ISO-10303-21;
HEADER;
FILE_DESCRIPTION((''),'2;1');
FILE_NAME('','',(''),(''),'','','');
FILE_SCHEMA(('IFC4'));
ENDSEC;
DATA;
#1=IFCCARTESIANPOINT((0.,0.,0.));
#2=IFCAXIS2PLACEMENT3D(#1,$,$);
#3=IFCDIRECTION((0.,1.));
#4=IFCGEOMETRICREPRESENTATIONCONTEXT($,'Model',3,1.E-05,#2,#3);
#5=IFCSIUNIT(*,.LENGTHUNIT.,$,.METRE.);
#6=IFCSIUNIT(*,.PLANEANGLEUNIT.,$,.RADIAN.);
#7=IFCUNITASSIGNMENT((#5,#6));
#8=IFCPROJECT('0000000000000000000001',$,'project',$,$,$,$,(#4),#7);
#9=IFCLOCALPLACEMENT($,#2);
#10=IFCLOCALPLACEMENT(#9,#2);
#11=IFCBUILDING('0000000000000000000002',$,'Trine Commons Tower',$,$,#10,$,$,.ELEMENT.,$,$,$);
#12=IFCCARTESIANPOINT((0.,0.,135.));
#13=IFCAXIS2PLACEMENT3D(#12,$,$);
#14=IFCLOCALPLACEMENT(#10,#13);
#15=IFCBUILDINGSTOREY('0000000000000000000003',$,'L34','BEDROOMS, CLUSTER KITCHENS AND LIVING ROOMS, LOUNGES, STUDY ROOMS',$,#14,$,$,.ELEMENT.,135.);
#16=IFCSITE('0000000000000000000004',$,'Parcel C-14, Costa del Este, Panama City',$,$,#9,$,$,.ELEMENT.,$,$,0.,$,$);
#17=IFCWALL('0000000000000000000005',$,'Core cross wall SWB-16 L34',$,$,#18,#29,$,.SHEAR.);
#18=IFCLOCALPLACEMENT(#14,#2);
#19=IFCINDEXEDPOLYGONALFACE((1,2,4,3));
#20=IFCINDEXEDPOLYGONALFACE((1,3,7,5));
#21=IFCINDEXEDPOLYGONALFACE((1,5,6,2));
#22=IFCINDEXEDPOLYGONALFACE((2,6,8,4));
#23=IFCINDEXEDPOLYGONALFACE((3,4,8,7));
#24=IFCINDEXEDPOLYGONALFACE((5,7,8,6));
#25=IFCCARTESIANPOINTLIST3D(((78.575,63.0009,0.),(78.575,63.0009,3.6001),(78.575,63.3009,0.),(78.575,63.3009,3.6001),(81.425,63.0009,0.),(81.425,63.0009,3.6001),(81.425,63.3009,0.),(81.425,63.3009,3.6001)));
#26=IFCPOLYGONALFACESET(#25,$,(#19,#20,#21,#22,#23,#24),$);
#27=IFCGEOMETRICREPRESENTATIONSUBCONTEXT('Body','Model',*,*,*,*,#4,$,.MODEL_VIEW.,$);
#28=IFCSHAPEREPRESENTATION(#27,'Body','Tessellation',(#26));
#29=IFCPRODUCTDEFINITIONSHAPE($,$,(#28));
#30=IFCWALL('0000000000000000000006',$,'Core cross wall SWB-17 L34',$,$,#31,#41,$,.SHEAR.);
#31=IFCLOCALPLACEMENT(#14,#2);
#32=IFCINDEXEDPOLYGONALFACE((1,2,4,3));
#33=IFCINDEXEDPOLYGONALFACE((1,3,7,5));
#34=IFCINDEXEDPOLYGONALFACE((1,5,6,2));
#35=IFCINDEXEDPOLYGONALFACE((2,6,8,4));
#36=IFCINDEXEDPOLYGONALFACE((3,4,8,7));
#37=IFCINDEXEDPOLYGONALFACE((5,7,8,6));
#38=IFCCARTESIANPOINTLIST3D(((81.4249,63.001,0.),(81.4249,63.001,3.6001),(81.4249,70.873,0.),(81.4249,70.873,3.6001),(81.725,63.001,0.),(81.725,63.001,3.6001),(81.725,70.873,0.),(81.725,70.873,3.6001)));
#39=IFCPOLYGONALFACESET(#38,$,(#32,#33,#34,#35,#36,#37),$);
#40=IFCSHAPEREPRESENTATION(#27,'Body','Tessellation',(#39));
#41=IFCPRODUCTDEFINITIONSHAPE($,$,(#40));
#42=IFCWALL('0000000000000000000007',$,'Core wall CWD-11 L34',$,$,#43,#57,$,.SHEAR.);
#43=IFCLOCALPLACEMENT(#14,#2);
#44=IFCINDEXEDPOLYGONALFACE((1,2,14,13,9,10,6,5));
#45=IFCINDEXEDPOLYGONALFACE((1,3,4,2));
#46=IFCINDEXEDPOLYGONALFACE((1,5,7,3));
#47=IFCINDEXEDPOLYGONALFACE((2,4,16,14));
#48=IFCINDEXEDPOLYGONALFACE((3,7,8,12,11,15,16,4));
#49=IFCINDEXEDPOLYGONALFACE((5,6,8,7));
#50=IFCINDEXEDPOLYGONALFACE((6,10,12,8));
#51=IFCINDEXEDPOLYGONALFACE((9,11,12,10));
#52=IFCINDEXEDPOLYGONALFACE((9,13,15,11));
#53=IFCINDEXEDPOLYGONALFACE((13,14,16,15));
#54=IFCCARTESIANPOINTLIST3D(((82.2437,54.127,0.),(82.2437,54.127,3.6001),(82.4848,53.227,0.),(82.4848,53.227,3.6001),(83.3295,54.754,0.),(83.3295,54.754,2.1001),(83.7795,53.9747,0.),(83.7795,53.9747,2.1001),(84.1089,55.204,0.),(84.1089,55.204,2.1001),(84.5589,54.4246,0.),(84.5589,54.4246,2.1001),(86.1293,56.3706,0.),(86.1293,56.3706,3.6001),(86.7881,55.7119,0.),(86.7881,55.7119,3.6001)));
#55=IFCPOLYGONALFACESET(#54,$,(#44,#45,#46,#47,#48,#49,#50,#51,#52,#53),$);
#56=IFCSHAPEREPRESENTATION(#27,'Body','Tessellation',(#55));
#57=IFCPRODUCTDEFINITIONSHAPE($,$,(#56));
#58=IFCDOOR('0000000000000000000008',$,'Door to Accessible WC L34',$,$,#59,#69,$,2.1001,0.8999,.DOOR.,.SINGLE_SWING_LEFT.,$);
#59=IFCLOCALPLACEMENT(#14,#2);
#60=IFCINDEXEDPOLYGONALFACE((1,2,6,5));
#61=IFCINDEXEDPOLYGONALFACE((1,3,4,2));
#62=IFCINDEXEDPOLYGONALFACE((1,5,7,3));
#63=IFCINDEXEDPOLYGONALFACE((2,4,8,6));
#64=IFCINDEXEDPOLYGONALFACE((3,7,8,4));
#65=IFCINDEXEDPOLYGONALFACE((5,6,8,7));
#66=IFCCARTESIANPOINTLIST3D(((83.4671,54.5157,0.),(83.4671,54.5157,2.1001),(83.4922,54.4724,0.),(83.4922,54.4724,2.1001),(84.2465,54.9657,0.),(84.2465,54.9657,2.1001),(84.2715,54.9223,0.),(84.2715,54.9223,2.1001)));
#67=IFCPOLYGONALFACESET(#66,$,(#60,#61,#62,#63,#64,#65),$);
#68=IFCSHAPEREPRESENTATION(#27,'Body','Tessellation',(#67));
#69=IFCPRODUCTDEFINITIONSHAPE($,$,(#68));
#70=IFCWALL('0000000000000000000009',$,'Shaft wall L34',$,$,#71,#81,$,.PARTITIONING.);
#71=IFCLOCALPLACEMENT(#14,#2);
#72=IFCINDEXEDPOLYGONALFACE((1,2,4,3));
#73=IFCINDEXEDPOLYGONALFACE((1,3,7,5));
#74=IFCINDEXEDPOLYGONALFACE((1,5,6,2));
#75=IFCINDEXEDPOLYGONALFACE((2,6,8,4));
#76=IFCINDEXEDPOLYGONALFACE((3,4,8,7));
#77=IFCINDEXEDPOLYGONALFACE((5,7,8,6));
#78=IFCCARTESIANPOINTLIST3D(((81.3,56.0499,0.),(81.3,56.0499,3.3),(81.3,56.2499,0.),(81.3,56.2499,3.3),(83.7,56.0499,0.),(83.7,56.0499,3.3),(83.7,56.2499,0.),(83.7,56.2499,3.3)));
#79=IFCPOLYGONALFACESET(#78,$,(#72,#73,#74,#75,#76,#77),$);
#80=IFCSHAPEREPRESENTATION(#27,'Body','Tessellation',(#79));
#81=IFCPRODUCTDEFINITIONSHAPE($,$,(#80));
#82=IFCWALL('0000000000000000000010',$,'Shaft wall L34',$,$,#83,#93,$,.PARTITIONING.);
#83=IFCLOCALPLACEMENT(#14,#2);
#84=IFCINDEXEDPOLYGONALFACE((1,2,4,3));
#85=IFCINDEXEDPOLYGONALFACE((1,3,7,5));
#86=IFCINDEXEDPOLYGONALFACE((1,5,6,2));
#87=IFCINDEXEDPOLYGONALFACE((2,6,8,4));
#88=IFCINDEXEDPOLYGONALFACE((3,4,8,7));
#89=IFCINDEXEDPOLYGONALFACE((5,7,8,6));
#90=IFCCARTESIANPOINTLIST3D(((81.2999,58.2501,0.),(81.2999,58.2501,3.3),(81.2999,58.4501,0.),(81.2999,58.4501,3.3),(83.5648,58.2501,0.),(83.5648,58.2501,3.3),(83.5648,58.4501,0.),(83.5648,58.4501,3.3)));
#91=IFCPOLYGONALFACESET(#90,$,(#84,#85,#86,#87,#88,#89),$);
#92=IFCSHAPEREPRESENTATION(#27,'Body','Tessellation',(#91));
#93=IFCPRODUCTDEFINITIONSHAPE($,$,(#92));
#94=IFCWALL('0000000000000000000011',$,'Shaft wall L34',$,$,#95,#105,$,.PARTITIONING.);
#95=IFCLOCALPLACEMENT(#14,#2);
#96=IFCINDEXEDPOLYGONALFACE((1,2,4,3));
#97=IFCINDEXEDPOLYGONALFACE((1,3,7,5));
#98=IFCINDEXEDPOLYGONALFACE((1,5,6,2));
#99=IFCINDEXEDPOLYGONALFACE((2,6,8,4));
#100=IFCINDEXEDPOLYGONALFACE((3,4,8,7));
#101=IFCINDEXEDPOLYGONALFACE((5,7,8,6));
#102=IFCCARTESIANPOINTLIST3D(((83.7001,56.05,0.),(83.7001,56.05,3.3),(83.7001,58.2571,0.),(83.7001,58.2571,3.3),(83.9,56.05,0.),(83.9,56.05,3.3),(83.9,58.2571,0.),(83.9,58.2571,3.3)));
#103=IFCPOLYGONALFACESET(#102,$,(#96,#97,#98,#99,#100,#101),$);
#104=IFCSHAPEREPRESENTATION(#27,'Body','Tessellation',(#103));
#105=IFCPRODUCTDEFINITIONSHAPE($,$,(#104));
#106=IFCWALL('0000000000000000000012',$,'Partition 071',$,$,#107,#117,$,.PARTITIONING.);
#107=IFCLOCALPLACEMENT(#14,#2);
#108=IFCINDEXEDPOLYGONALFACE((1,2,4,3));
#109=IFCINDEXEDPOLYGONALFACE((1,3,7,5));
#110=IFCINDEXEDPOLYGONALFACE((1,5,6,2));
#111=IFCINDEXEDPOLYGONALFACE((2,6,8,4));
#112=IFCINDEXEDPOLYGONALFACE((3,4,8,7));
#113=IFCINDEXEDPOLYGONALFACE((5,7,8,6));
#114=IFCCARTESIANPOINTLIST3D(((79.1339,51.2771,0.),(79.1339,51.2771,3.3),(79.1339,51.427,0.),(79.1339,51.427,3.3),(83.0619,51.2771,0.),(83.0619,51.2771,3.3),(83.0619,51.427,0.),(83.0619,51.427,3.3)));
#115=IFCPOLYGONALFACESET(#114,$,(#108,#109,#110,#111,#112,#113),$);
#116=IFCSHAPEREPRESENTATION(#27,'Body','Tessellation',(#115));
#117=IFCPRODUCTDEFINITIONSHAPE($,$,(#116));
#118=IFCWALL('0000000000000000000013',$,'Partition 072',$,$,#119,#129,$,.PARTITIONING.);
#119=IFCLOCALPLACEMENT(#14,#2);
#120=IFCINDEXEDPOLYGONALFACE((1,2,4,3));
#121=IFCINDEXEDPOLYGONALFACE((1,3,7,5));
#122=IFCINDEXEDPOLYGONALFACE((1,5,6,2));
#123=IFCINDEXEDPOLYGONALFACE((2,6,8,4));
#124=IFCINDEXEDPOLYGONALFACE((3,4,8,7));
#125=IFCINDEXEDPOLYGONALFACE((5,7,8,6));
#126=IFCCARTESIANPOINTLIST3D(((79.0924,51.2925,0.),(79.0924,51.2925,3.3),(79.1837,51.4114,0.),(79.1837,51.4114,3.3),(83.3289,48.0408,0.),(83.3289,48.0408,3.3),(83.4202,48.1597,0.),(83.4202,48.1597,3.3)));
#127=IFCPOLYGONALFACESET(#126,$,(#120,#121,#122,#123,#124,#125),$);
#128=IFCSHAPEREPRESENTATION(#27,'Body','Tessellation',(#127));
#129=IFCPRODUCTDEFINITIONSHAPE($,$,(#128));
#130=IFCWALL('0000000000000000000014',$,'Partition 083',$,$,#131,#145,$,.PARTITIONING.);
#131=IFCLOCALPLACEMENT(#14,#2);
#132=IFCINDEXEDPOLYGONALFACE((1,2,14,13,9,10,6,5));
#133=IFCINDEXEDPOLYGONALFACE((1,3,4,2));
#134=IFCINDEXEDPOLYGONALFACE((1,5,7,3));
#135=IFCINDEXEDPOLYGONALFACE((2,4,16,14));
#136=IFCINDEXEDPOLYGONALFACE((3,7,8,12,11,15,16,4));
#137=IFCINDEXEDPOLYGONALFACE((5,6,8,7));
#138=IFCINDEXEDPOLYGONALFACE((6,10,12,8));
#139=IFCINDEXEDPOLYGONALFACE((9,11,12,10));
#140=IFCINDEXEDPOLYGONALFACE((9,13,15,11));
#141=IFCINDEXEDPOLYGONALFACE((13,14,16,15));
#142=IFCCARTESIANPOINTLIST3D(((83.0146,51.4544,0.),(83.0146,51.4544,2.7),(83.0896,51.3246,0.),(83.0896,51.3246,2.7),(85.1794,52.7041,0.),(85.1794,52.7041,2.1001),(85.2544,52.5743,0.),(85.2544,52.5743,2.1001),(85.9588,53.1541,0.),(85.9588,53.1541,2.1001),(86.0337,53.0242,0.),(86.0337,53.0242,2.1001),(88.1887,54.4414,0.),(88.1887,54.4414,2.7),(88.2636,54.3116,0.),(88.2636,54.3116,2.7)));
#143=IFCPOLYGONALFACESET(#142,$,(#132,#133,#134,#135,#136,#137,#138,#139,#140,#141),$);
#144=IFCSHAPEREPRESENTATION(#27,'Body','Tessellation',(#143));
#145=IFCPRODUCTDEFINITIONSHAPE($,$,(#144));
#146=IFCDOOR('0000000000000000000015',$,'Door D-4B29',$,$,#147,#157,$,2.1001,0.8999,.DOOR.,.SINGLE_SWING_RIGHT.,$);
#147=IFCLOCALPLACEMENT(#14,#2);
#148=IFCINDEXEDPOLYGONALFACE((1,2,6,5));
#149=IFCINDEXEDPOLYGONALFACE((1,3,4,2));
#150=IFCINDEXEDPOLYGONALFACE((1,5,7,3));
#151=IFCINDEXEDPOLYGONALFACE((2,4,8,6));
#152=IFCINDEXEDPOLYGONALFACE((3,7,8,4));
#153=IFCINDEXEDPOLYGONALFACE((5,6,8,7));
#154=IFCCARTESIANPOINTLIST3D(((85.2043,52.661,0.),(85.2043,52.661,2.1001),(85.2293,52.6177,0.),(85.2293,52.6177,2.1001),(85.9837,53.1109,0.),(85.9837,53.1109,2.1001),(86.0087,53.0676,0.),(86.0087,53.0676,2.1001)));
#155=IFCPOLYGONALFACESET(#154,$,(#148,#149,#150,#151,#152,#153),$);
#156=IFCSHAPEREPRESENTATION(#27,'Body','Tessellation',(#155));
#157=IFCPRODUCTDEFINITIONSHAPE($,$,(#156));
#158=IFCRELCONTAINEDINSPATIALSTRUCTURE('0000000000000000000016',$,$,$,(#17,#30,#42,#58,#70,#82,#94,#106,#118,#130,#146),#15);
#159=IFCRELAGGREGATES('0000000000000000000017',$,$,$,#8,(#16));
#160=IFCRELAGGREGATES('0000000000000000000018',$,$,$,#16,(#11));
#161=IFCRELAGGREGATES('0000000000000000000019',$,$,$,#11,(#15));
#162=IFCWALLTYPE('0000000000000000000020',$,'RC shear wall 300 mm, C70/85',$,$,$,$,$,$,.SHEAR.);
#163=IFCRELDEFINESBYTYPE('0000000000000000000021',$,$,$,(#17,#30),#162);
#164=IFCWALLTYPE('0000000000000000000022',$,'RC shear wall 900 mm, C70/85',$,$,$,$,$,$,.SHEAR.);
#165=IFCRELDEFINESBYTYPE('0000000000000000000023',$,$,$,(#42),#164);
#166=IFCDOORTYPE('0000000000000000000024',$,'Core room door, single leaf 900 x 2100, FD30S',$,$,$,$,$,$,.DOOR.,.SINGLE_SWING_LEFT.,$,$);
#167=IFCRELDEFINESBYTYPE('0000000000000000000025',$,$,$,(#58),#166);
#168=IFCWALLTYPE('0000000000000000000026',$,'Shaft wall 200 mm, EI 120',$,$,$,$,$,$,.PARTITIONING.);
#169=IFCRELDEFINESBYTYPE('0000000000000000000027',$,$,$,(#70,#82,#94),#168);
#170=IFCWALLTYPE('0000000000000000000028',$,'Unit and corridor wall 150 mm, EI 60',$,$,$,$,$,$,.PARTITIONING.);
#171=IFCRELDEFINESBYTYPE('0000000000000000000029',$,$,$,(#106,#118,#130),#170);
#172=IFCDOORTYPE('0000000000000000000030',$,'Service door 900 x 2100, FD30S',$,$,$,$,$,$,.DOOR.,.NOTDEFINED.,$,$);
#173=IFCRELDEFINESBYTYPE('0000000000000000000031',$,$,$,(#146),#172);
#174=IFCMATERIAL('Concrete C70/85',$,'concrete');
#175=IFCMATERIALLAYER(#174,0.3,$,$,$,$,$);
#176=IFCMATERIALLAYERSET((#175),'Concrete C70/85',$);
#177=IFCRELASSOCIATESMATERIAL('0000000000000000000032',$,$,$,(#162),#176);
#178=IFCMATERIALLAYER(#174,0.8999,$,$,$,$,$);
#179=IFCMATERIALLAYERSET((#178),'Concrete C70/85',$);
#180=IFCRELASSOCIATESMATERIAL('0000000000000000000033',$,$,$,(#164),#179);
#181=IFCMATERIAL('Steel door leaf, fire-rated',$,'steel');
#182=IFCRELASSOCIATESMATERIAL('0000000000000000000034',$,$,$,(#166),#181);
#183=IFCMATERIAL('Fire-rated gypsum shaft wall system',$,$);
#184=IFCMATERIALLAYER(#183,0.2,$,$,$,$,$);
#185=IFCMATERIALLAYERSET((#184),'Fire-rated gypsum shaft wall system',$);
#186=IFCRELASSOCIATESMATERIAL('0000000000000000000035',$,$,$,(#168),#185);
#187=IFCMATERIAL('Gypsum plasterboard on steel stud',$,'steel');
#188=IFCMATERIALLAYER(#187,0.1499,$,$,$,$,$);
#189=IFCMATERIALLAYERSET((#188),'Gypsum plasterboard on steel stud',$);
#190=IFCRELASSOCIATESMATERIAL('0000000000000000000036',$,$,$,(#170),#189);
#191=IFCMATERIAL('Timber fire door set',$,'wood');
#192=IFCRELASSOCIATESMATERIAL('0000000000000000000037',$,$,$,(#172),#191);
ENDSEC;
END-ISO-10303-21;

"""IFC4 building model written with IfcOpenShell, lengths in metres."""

from ifc_helpers import new_model, si_unit, direction, frame, frame_2d, origin, place, context, subcontext, project, spatial, polyline, rectangle, outline, extrude, material, layer, layer_set, type_object, element, fill, save


model = new_model("IFC4")

# Units and contexts
model_context = context("Model", 3, precision=1e-05, world=origin(), true_north=direction((0.0, 1.0)))
body_context = subcontext(model_context, "Body", "Model", "MODEL_VIEW")
ifc_project = project(units=[si_unit("LENGTHUNIT", "METRE"), si_unit("PLANEANGLEUNIT", "RADIAN")], contexts=[model_context])

# Site, building, storey
site_placement = place(None, origin())
site = spatial("IfcSite", under=ifc_project, at=site_placement, Name="Parcel C-14, Costa del Este, Panama City", CompositionType="ELEMENT", RefElevation=0.0)
building_placement = place(site_placement, origin())
building = spatial("IfcBuilding", under=site, at=building_placement, Name="Trine Commons Tower", CompositionType="ELEMENT")
storey_placement = place(building_placement, frame((0.0, 0.0, 135.0)))
storey = spatial("IfcBuildingStorey", under=building, at=storey_placement, Name="L34", Description="BEDROOMS, CLUSTER KITCHENS AND LIVING ROOMS, LOUNGES, STUDY ROOMS", CompositionType="ELEMENT", Elevation=135.0)

# Shared definitions
ifc_material_1 = material(Name="Fire-rated gypsum shaft wall system")
ifc_material_2 = material(Name="Steel door leaf, fire-rated", Category="steel")
ifc_material_3 = material(Name="Concrete C70/85", Category="concrete")
ifc_layer_1 = layer(ifc_material_3, 0.3)
ifc_layer_set_1 = layer_set([ifc_layer_1], Name="Concrete C70/85")
wall_type_1 = type_object("IfcWallType", Name="RC shear wall 300 mm, C70/85", PredefinedType="SHEAR", material=ifc_layer_set_1)

# Walls
wall_1_placement = place(storey_placement, frame((81.425, 63.1509, 0.0), z_axis=(0.0, 0.0, 1.0), x_axis=(-1.0, 0.0, 0.0)))
element("IfcWall", 1, at=wall_1_placement, inside=storey, type_object=wall_type_1, Name="Core cross wall SWB-16 L34", PredefinedType="SHEAR", context=body_context, shape_type="SweptSolid", body=[
    extrude(rectangle(XDim=2.8501, YDim=0.3, at=frame_2d((1.425, 0.0))), origin(), (0.0, 0.0, 1.0), 3.6001),
])
wall_2_placement = place(storey_placement, frame((81.575, 63.001, 0.0), z_axis=(0.0, 0.0, 1.0), x_axis=(0.0, 1.0, 0.0)))
element("IfcWall", 2, at=wall_2_placement, inside=storey, type_object=wall_type_1, Name="Core cross wall SWB-17 L34", PredefinedType="SHEAR", context=body_context, shape_type="SweptSolid", body=[
    extrude(rectangle(XDim=7.8721, YDim=0.3, at=frame_2d((3.936, 0.0))), origin(), (0.0, 0.0, 1.0), 3.6001),
])

# Wall, opening, door
ifc_layer_2 = layer(ifc_material_3, 0.8999)
ifc_layer_set_2 = layer_set([ifc_layer_2], Name="Concrete C70/85")
wall_type_2 = type_object("IfcWallType", Name="RC shear wall 900 mm, C70/85", PredefinedType="SHEAR", material=ifc_layer_set_2)
wall_3_placement = place(storey_placement, frame((82.2598, 53.6167, 0.0), z_axis=(0.0, 0.0, 1.0), x_axis=(0.866003, 0.500039, 0.0)))
wall_3 = element("IfcWall", 3, at=wall_3_placement, inside=storey, type_object=wall_type_2, Name="Core wall CWD-11 L34", PredefinedType="SHEAR", context=body_context, shape_type="SweptSolid", body=[
    extrude(outline(polyline([(0.0, -0.45), (4.9692, -0.45), (4.728, 0.45), (0.2412, 0.45), (0.0, -0.45)])), origin(), (0.0, 0.0, 1.0), 3.6001),
])
opening_1_placement = place(wall_3_placement, frame((1.4951, 0.0, 0.0)))
opening_1 = element("IfcOpeningElement", 4, at=opening_1_placement, cuts=wall_3, PredefinedType="OPENING", context=body_context, shape_type="SweptSolid", body=[
    extrude(rectangle(XDim=0.8999, YDim=2.1001, at=frame_2d((0.45, 1.05))), frame((0.0, 0.46, 0.0), z_axis=(0.0, -1.0, 0.0), x_axis=(1.0, 0.0, 0.0)), (0.0, 0.0, 1.0), 0.9199),
])
door_type_1 = type_object("IfcDoorType", Name="Core room door, single leaf 900 x 2100, FD30S", OperationType="SINGLE_SWING_LEFT", PredefinedType="DOOR", material=ifc_material_2)
door_1_placement = place(opening_1_placement, origin())
door_1 = element("IfcDoor", 5, at=door_1_placement, inside=storey, type_object=door_type_1, Name="Door to Accessible WC L34", OperationType="SINGLE_SWING_LEFT", OverallHeight=2.1001, OverallWidth=0.8999, PredefinedType="DOOR", context=body_context, shape_type="SweptSolid", body=[
    extrude(rectangle(XDim=0.8999, YDim=2.1001, at=frame_2d((0.45, 1.05))), frame((0.0, 0.1748, 0.0), z_axis=(0.0, -1.0, 0.0), x_axis=(1.0, 0.0, 0.0)), (0.0, 0.0, 1.0), 0.05),
])
fill(opening_1, door_1)

# Walls
ifc_layer_3 = layer(ifc_material_1, 0.2)
ifc_layer_set_3 = layer_set([ifc_layer_3], Name="Fire-rated gypsum shaft wall system")
wall_type_3 = type_object("IfcWallType", Name="Shaft wall 200 mm, EI 120", PredefinedType="PARTITIONING", material=ifc_layer_set_3)
wall_4_placement = place(storey_placement, frame((81.3, 56.1499, 0.0), z_axis=(0.0, 0.0, 1.0), x_axis=(1.0, 0.0, 0.0)))
element("IfcWall", 6, at=wall_4_placement, inside=storey, type_object=wall_type_3, Name="Shaft wall L34", PredefinedType="PARTITIONING", context=body_context, shape_type="SweptSolid", body=[
    extrude(rectangle(XDim=2.3999, YDim=0.2, at=frame_2d((1.2, 0.0))), origin(), (0.0, 0.0, 1.0), 3.3),
])
wall_5_placement = place(storey_placement, frame((81.3, 58.3501, 0.0), z_axis=(0.0, 0.0, 1.0), x_axis=(1.0, 0.0, 0.0)))
element("IfcWall", 7, at=wall_5_placement, inside=storey, type_object=wall_type_3, Name="Shaft wall L34", PredefinedType="PARTITIONING", context=body_context, shape_type="SweptSolid", body=[
    extrude(rectangle(XDim=2.2649, YDim=0.2, at=frame_2d((1.1323, 0.0))), origin(), (0.0, 0.0, 1.0), 3.3),
])
wall_6_placement = place(storey_placement, frame((83.8, 58.2571, 0.0), z_axis=(0.0, 0.0, 1.0), x_axis=(0.0, -1.0, 0.0)))
element("IfcWall", 8, at=wall_6_placement, inside=storey, type_object=wall_type_3, Name="Shaft wall L34", PredefinedType="PARTITIONING", context=body_context, shape_type="SweptSolid", body=[
    extrude(rectangle(XDim=2.207, YDim=0.2, at=frame_2d((1.1035, 0.0))), origin(), (0.0, 0.0, 1.0), 3.3),
])
ifc_material_4 = material(Name="Gypsum plasterboard on steel stud", Category="steel")
ifc_layer_4 = layer(ifc_material_4, 0.1499)
ifc_layer_set_4 = layer_set([ifc_layer_4], Name="Gypsum plasterboard on steel stud")
wall_type_4 = type_object("IfcWallType", Name="Unit and corridor wall 150 mm, EI 60", PredefinedType="PARTITIONING", material=ifc_layer_set_4)
wall_7_placement = place(storey_placement, frame((79.134, 51.3521, 0.0), z_axis=(0.0, 0.0, 1.0), x_axis=(1.0, 0.0, 0.0)))
element("IfcWall", 9, at=wall_7_placement, inside=storey, type_object=wall_type_4, Name="Partition 071", PredefinedType="PARTITIONING", context=body_context, shape_type="SweptSolid", body=[
    extrude(rectangle(XDim=3.928, YDim=0.1499, at=frame_2d((1.9639, 0.0))), origin(), (0.0, 0.0, 1.0), 3.3),
])
wall_8_placement = place(storey_placement, frame((79.1379, 51.3521, 0.0), z_axis=(0.0, 0.0, 1.0), x_axis=(0.793274, -0.608864, 0.0)))
element("IfcWall", 10, at=wall_8_placement, inside=storey, type_object=wall_type_4, Name="Partition 072", PredefinedType="PARTITIONING", context=body_context, shape_type="SweptSolid", body=[
    extrude(rectangle(XDim=5.3406, YDim=0.1499, at=frame_2d((2.6704, 0.0))), origin(), (0.0, 0.0, 1.0), 3.3),
])

# Wall, opening, door
wall_9_placement = place(storey_placement, frame((83.052, 51.3894, 0.0), z_axis=(0.0, 0.0, 1.0), x_axis=(0.866039, 0.499976, 0.0)))
wall_9 = element("IfcWall", 11, at=wall_9_placement, inside=storey, type_object=wall_type_4, Name="Partition 083", PredefinedType="PARTITIONING", context=body_context, shape_type="SweptSolid", body=[
    extrude(rectangle(XDim=5.9744, YDim=0.1499, at=frame_2d((2.9873, 0.0))), origin(), (0.0, 0.0, 1.0), 2.7),
])
opening_2_placement = place(wall_9_placement, frame((2.4998, 0.0, 0.0)))
opening_2 = element("IfcOpeningElement", 12, at=opening_2_placement, cuts=wall_9, PredefinedType="OPENING", context=body_context, shape_type="SweptSolid", body=[
    extrude(rectangle(XDim=0.8999, YDim=2.1001, at=frame_2d((0.45, 1.05))), frame((0.0, 0.085, 0.0), z_axis=(0.0, -1.0, 0.0), x_axis=(1.0, 0.0, 0.0)), (0.0, 0.0, 1.0), 0.1699),
])
ifc_material_5 = material(Name="Timber fire door set", Category="wood")
door_type_2 = type_object("IfcDoorType", Name="Service door 900 x 2100, FD30S", OperationType="NOTDEFINED", PredefinedType="DOOR", material=ifc_material_5)
door_2_placement = place(opening_2_placement, frame((0.8999, 0.0, 0.0), z_axis=(0.0, 0.0, 1.0), x_axis=(-1.0, 0.0, 0.0)))
door_2 = element("IfcDoor", 13, at=door_2_placement, inside=storey, type_object=door_type_2, Name="Door D-4B29", OperationType="SINGLE_SWING_RIGHT", OverallHeight=2.1001, OverallWidth=0.8999, PredefinedType="DOOR", context=body_context, shape_type="SweptSolid", body=[
    extrude(rectangle(XDim=0.8999, YDim=2.1001, at=frame_2d((0.45, 1.05))), frame((0.0, 0.0249, 0.0), z_axis=(0.0, -1.0, 0.0), x_axis=(1.0, 0.0, 0.0)), (0.0, 0.0, 1.0), 0.05),
])
fill(opening_2, door_2)

save(model, "model.ifc")
